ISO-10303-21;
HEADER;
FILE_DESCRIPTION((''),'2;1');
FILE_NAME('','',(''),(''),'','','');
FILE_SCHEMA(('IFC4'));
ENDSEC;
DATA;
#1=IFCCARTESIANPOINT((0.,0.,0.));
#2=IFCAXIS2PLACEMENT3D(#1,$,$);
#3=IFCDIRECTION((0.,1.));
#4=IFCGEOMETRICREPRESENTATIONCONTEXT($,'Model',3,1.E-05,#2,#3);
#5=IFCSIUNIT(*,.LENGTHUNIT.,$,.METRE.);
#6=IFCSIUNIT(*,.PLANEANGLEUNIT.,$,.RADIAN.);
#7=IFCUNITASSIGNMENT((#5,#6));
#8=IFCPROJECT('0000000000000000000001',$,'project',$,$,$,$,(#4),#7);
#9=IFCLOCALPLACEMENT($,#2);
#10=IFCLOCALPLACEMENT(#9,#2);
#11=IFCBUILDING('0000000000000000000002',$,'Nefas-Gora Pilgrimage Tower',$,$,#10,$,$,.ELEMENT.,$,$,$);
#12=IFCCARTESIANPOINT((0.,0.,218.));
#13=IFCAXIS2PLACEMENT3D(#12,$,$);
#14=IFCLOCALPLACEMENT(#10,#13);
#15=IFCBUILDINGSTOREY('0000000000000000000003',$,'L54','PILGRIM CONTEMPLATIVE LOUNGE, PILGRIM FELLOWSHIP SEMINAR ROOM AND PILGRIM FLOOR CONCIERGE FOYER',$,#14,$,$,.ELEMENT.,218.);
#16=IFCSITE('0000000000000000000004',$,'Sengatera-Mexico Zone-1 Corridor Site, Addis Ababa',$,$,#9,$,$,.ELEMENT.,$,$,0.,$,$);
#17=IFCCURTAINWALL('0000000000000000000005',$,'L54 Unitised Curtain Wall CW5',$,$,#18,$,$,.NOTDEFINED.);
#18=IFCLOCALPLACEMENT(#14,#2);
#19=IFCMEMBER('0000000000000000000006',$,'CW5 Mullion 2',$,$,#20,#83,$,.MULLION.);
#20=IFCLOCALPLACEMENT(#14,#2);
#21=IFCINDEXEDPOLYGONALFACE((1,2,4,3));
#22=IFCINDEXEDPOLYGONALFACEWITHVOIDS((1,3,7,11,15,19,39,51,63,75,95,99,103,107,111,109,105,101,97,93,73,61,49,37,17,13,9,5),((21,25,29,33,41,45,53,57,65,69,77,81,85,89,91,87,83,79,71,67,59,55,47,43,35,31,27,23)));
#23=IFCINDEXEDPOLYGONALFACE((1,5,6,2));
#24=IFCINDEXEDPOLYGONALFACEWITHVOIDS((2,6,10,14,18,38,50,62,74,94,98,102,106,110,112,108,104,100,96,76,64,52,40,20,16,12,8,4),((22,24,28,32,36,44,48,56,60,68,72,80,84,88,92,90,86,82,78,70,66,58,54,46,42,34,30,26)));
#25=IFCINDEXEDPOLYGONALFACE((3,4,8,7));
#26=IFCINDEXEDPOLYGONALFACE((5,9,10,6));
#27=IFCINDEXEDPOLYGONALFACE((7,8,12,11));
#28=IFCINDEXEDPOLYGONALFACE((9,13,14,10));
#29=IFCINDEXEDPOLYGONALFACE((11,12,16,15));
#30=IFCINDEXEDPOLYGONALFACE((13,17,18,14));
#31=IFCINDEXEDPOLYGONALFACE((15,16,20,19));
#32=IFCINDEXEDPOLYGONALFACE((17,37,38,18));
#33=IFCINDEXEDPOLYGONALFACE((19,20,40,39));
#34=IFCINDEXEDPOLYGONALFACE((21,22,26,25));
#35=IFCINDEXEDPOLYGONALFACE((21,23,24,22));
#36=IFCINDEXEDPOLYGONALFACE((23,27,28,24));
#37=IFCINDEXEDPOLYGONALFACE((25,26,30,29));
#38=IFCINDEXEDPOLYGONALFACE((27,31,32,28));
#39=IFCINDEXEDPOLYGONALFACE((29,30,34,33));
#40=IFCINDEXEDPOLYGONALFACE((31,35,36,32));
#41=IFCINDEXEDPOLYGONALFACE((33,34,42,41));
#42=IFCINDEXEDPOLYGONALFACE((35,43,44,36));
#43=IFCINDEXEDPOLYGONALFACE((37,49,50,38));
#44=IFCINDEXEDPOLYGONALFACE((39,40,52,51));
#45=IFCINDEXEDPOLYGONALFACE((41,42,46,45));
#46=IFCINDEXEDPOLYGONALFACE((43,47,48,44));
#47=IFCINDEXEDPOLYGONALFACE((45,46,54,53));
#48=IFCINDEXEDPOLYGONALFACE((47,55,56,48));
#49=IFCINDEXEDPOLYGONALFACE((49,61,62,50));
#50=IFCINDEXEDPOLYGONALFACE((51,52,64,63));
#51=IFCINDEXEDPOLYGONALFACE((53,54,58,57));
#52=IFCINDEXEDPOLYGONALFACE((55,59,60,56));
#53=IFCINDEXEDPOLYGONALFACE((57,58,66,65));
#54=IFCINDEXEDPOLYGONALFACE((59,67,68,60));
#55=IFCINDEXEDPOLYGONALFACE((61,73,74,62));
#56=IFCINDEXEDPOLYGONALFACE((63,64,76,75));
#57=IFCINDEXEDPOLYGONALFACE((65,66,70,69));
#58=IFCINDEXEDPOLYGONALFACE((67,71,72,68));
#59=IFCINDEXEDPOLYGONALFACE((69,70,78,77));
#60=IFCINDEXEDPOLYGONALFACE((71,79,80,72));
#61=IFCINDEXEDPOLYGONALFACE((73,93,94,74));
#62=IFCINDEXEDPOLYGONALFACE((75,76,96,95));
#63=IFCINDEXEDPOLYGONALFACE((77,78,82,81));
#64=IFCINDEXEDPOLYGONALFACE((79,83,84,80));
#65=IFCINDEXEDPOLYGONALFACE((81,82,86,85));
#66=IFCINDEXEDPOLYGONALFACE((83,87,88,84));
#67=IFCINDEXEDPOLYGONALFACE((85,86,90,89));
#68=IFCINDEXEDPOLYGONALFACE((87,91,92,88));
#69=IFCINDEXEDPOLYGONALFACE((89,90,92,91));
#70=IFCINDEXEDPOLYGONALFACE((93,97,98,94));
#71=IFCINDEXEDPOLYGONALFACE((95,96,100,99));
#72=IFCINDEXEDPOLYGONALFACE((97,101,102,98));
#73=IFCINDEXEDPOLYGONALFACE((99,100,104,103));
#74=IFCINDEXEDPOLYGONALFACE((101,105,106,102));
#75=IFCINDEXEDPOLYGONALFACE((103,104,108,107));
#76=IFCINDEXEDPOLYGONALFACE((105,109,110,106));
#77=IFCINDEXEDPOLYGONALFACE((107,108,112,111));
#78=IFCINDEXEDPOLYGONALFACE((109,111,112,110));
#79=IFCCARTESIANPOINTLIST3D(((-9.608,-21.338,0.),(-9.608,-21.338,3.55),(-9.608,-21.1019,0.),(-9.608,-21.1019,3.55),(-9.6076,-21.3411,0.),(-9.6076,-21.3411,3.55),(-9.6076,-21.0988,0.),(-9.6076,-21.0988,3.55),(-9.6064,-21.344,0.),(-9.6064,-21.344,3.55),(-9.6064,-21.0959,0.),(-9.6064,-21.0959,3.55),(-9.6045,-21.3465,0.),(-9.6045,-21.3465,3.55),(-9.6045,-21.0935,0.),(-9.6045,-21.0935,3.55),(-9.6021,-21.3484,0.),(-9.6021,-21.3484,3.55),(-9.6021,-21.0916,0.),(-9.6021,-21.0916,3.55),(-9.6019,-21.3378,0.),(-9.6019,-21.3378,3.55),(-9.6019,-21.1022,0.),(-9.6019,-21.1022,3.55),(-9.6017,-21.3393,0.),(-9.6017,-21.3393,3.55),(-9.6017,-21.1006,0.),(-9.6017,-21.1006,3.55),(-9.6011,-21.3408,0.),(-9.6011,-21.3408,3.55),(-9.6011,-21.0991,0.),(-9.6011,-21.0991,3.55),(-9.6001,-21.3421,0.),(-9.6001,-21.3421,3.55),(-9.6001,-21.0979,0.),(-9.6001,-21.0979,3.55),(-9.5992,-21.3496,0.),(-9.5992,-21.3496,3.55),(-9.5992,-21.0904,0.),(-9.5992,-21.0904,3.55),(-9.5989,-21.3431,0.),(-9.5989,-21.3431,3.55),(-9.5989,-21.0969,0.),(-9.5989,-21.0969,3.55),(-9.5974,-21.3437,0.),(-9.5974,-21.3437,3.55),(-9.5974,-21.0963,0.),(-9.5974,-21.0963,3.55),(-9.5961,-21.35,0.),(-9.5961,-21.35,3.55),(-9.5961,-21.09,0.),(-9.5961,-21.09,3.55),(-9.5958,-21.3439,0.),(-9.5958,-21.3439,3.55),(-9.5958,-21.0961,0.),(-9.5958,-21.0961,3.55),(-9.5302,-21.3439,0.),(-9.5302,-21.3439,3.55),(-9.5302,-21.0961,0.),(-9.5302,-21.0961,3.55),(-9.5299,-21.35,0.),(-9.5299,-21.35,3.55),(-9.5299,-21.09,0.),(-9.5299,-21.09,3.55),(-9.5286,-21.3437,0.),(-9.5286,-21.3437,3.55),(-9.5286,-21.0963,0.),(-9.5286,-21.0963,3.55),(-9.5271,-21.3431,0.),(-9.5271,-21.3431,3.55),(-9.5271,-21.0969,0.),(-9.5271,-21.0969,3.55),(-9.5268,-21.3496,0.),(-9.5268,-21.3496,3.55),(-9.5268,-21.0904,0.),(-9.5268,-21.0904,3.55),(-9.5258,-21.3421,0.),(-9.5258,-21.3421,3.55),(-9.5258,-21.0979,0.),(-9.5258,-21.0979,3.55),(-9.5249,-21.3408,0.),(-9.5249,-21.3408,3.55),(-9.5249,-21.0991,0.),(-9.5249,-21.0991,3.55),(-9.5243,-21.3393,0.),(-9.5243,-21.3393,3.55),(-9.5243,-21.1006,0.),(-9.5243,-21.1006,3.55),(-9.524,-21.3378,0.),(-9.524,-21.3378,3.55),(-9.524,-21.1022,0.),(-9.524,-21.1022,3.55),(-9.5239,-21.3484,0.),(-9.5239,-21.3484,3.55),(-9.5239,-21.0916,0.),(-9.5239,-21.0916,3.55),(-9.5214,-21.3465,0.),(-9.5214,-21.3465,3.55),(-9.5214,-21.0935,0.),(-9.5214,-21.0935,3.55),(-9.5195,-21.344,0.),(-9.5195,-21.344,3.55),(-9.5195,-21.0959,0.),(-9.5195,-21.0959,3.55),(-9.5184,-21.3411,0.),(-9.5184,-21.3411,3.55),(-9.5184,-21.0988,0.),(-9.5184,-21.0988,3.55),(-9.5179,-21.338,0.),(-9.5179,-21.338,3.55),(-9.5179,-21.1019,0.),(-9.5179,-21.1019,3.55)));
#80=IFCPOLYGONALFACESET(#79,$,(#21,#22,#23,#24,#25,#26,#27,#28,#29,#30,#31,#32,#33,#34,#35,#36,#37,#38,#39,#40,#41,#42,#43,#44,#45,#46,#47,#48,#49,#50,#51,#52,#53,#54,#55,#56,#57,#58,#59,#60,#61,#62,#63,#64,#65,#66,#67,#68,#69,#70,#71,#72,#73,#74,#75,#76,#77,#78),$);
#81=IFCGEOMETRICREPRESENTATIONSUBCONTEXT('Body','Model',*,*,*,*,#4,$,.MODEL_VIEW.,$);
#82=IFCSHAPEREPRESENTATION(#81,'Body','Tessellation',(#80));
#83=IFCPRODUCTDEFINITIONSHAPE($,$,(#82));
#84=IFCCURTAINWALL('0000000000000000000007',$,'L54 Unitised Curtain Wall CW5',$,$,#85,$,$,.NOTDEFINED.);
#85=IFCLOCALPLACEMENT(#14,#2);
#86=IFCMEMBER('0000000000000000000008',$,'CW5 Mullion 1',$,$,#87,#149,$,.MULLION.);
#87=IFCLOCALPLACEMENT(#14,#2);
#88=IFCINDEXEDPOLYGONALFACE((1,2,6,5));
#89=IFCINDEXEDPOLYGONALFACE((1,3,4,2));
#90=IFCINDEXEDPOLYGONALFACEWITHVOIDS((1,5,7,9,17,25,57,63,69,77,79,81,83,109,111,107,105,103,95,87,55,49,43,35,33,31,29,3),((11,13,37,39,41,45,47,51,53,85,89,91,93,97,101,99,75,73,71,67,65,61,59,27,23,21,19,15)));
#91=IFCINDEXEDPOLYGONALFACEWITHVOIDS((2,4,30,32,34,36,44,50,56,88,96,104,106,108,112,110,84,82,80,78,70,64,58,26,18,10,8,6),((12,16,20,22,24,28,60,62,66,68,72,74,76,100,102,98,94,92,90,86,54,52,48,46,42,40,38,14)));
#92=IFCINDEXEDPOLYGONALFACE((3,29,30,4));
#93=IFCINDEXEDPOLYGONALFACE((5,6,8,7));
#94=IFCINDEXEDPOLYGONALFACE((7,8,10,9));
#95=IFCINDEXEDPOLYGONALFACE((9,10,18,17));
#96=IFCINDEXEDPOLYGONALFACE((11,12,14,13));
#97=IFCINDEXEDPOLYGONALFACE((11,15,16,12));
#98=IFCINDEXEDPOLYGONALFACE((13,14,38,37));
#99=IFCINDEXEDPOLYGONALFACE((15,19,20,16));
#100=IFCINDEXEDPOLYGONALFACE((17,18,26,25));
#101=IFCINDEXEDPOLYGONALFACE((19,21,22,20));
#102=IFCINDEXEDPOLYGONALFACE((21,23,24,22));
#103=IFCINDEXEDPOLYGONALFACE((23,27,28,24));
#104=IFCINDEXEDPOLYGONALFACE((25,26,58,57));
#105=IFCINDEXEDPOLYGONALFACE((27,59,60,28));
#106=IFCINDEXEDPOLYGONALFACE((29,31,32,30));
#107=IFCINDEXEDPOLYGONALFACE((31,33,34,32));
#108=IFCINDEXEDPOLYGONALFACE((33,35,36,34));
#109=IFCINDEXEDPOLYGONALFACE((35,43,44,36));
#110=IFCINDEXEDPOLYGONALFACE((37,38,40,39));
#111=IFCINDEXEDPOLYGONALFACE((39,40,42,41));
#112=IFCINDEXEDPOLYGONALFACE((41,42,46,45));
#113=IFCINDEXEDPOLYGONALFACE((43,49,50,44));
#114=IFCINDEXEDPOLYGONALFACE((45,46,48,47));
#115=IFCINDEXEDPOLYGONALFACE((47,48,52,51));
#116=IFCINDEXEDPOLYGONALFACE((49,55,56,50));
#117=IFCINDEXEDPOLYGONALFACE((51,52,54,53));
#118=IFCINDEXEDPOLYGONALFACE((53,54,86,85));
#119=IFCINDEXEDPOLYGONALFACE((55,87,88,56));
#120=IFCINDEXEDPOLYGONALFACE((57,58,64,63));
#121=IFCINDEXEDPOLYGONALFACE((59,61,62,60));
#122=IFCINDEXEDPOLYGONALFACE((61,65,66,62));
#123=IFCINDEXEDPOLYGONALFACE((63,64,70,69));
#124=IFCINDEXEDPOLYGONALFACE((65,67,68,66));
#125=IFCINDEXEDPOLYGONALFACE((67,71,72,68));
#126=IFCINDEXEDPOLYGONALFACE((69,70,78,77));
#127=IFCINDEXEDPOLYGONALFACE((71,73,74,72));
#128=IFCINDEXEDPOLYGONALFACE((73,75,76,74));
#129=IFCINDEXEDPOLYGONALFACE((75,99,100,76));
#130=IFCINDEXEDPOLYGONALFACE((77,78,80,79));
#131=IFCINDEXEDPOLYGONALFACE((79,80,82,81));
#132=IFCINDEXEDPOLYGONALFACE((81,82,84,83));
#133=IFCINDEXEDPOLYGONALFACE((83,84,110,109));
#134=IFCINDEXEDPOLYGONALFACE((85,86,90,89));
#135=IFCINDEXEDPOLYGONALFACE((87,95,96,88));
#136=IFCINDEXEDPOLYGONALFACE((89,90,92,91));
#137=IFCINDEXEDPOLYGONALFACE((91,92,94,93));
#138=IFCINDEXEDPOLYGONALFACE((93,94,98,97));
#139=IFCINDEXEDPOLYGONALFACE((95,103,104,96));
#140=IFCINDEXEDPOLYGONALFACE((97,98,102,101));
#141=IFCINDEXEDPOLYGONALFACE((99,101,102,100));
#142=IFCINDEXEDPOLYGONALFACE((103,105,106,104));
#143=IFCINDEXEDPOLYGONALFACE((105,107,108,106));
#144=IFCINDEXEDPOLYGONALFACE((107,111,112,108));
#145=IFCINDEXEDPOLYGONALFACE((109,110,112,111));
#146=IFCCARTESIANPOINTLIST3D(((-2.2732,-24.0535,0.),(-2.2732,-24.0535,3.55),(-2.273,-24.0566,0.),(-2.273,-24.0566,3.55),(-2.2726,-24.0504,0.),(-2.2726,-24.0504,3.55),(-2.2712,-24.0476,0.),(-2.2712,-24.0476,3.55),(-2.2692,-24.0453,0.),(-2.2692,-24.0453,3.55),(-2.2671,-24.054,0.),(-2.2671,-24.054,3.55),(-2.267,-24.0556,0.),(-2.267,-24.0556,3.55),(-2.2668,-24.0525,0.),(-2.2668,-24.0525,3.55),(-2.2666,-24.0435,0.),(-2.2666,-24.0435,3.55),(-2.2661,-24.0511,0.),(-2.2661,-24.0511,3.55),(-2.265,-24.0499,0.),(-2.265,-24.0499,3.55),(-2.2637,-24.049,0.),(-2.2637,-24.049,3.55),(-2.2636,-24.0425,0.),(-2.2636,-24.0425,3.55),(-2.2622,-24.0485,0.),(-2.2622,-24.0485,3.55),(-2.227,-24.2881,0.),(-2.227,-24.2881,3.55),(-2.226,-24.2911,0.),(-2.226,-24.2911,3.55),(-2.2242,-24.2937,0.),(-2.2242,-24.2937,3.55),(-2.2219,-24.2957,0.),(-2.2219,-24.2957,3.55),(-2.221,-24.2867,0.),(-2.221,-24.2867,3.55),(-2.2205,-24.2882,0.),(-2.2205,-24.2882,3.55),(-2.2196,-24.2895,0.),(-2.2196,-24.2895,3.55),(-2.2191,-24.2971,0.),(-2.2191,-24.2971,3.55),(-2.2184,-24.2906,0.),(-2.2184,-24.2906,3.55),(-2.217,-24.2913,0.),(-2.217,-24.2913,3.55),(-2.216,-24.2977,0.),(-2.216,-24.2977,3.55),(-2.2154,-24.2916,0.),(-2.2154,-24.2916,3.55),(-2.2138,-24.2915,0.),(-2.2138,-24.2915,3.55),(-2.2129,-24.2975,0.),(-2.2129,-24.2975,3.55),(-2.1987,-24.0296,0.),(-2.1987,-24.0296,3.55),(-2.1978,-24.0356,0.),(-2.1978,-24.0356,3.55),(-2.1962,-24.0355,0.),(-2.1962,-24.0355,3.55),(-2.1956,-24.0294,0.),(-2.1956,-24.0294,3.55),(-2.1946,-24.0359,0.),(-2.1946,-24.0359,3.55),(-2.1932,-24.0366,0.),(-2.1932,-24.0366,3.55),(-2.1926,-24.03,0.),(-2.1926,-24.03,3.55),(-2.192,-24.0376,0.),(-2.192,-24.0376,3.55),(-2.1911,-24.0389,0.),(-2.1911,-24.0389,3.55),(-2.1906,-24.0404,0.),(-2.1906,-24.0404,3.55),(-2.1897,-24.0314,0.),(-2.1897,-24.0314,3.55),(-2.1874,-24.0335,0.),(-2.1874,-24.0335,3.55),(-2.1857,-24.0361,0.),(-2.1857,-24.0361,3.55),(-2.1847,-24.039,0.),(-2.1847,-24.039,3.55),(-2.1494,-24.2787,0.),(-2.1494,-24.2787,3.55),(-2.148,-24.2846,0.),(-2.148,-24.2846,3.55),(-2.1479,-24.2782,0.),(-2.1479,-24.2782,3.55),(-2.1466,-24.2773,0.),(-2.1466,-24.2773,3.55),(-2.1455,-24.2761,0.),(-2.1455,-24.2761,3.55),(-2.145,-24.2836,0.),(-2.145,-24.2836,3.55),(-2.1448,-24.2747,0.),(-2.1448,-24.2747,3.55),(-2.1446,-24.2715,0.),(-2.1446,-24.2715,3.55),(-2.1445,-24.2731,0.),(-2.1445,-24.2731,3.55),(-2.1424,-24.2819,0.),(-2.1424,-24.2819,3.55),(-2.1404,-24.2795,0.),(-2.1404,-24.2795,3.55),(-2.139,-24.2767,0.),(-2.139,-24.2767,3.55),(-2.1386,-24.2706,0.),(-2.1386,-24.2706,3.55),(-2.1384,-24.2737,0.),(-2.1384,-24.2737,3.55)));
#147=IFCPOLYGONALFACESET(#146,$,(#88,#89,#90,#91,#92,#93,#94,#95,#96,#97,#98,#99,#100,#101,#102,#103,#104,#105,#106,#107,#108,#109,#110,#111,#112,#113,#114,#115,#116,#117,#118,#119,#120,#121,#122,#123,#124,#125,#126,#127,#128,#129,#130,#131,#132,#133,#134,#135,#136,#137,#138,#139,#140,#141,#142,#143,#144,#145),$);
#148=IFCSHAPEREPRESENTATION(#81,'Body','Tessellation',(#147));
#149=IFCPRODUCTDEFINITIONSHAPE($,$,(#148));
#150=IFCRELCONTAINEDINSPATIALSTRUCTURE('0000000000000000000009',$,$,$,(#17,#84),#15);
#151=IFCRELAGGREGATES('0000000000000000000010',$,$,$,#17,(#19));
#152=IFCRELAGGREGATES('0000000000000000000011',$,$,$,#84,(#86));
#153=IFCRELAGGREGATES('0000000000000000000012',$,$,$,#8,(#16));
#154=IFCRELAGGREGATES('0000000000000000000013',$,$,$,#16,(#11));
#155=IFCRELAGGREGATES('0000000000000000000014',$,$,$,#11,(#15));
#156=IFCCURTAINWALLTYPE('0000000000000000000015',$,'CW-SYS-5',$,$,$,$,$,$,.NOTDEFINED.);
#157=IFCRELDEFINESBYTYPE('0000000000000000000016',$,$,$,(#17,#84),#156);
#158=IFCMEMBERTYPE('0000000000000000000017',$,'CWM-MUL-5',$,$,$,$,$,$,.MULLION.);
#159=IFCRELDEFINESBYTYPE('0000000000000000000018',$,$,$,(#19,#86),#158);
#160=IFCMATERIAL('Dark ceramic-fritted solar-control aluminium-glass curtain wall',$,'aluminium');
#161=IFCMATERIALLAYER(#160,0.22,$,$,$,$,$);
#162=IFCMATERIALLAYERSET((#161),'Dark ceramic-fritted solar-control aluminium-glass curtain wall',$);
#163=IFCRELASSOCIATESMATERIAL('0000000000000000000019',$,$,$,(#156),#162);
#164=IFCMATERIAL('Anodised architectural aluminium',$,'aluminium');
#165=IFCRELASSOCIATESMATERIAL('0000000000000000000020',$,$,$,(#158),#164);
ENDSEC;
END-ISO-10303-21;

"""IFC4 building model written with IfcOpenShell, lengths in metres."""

from ifc_helpers import new_model, si_unit, direction, frame, origin, origin_2d, place, context, subcontext, project, spatial, hollow_rectangle, extrude, source, transform, mapped, material, layer, layer_set, material_profile, profile_set, type_object, element, aggregate, save


model = new_model("IFC4")

# Units and contexts
model_context = context("Model", 3, precision=1e-05, world=origin(), true_north=direction((0.0, 1.0)))
body_context = subcontext(model_context, "Body", "Model", "MODEL_VIEW")
ifc_project = project(units=[si_unit("LENGTHUNIT", "METRE"), si_unit("PLANEANGLEUNIT", "RADIAN")], contexts=[model_context])

# Site, building, storey
site_placement = place(None, origin())
site = spatial("IfcSite", under=ifc_project, at=site_placement, Name="Sengatera-Mexico Zone-1 Corridor Site, Addis Ababa", CompositionType="ELEMENT", RefElevation=0.0)
building_placement = place(site_placement, origin())
building = spatial("IfcBuilding", under=site, at=building_placement, Name="Nefas-Gora Pilgrimage Tower", CompositionType="ELEMENT")
storey_placement = place(building_placement, frame((0.0, 0.0, 218.0)))
storey = spatial("IfcBuildingStorey", under=building, at=storey_placement, Name="L54", Description="PILGRIM CONTEMPLATIVE LOUNGE, PILGRIM FELLOWSHIP SEMINAR ROOM AND PILGRIM FLOOR CONCIERGE FOYER", CompositionType="ELEMENT", Elevation=218.0)

# Curtain wall, member
ifc_material_1 = material(Name="Dark ceramic-fritted solar-control aluminium-glass curtain wall", Category="aluminium")
ifc_layer_1 = layer(ifc_material_1, 0.22)
ifc_layer_set_1 = layer_set([ifc_layer_1], Name="Dark ceramic-fritted solar-control aluminium-glass curtain wall")
curtain_wall_type = type_object("IfcCurtainWallType", Name="CW-SYS-5", PredefinedType="NOTDEFINED", material=ifc_layer_set_1)
curtain_wall_1_placement = place(storey_placement, origin())
curtain_wall_1 = element("IfcCurtainWall", 1, at=curtain_wall_1_placement, inside=storey, type_object=curtain_wall_type, Name="L54 Unitised Curtain Wall CW5", PredefinedType="NOTDEFINED")
ifc_material_2 = material(Name="Anodised architectural aluminium", Category="aluminium")
ifc_material_profile_1 = material_profile(ifc_material_2, hollow_rectangle(XDim=0.0901, YDim=0.26, WallThickness=0.0061, InnerFilletRadius=0.0061, OuterFilletRadius=0.012, at=origin_2d()), Name="ALU MULLION 90x260")
ifc_profile_set_1 = profile_set([ifc_material_profile_1], Name="Anodised architectural aluminium")
member_type_1 = type_object("IfcMemberType", Name="CWM-MUL-5", PredefinedType="MULLION", material=ifc_profile_set_1)
shared_shape_1 = source(origin(), body_context, "Body", "SweptSolid", [
    extrude(hollow_rectangle(XDim=0.0901, YDim=0.26, WallThickness=0.0061, InnerFilletRadius=0.0061, OuterFilletRadius=0.012, at=origin_2d()), origin(), (0.0, 0.0, 1.0), 3.55),
])
member_1_placement = place(storey_placement, frame((-9.563, -21.22, 0.0), z_axis=(0.0, 0.0, 1.0), x_axis=(1.0, 0.0, 0.0)))
member_1 = element("IfcMember", 2, at=member_1_placement, type_object=member_type_1, Name="CW5 Mullion 2", PredefinedType="MULLION", context=body_context, shape_type="MappedRepresentation", body=[
    mapped(shared_shape_1, transform((0.0, 0.0, 0.0), x_axis=(1.0, 0.0, 0.0), y_axis=(0.0, 1.0, 0.0), z_axis=(0.0, 0.0, 1.0), scale=1.0)),
])
aggregate(curtain_wall_1, [member_1])

# Curtain wall, member
curtain_wall_2_placement = place(storey_placement, origin())
curtain_wall_2 = element("IfcCurtainWall", 3, at=curtain_wall_2_placement, inside=storey, type_object=curtain_wall_type, Name="L54 Unitised Curtain Wall CW5", PredefinedType="NOTDEFINED")
member_2_placement = place(storey_placement, frame((-2.2058, -24.1636, 0.0), z_axis=(0.0, 0.0, 1.0), x_axis=(0.980783, 0.195102, 0.0)))
member_2 = element("IfcMember", 4, at=member_2_placement, type_object=member_type_1, Name="CW5 Mullion 1", PredefinedType="MULLION", context=body_context, shape_type="MappedRepresentation", body=[
    mapped(shared_shape_1, transform((0.0, 0.0, 0.0), x_axis=(1.0, 0.0, 0.0), y_axis=(0.0, 1.0, 0.0), z_axis=(0.0, 0.0, 1.0), scale=1.0)),
])
aggregate(curtain_wall_2, [member_2])

save(model, "model.ifc")
